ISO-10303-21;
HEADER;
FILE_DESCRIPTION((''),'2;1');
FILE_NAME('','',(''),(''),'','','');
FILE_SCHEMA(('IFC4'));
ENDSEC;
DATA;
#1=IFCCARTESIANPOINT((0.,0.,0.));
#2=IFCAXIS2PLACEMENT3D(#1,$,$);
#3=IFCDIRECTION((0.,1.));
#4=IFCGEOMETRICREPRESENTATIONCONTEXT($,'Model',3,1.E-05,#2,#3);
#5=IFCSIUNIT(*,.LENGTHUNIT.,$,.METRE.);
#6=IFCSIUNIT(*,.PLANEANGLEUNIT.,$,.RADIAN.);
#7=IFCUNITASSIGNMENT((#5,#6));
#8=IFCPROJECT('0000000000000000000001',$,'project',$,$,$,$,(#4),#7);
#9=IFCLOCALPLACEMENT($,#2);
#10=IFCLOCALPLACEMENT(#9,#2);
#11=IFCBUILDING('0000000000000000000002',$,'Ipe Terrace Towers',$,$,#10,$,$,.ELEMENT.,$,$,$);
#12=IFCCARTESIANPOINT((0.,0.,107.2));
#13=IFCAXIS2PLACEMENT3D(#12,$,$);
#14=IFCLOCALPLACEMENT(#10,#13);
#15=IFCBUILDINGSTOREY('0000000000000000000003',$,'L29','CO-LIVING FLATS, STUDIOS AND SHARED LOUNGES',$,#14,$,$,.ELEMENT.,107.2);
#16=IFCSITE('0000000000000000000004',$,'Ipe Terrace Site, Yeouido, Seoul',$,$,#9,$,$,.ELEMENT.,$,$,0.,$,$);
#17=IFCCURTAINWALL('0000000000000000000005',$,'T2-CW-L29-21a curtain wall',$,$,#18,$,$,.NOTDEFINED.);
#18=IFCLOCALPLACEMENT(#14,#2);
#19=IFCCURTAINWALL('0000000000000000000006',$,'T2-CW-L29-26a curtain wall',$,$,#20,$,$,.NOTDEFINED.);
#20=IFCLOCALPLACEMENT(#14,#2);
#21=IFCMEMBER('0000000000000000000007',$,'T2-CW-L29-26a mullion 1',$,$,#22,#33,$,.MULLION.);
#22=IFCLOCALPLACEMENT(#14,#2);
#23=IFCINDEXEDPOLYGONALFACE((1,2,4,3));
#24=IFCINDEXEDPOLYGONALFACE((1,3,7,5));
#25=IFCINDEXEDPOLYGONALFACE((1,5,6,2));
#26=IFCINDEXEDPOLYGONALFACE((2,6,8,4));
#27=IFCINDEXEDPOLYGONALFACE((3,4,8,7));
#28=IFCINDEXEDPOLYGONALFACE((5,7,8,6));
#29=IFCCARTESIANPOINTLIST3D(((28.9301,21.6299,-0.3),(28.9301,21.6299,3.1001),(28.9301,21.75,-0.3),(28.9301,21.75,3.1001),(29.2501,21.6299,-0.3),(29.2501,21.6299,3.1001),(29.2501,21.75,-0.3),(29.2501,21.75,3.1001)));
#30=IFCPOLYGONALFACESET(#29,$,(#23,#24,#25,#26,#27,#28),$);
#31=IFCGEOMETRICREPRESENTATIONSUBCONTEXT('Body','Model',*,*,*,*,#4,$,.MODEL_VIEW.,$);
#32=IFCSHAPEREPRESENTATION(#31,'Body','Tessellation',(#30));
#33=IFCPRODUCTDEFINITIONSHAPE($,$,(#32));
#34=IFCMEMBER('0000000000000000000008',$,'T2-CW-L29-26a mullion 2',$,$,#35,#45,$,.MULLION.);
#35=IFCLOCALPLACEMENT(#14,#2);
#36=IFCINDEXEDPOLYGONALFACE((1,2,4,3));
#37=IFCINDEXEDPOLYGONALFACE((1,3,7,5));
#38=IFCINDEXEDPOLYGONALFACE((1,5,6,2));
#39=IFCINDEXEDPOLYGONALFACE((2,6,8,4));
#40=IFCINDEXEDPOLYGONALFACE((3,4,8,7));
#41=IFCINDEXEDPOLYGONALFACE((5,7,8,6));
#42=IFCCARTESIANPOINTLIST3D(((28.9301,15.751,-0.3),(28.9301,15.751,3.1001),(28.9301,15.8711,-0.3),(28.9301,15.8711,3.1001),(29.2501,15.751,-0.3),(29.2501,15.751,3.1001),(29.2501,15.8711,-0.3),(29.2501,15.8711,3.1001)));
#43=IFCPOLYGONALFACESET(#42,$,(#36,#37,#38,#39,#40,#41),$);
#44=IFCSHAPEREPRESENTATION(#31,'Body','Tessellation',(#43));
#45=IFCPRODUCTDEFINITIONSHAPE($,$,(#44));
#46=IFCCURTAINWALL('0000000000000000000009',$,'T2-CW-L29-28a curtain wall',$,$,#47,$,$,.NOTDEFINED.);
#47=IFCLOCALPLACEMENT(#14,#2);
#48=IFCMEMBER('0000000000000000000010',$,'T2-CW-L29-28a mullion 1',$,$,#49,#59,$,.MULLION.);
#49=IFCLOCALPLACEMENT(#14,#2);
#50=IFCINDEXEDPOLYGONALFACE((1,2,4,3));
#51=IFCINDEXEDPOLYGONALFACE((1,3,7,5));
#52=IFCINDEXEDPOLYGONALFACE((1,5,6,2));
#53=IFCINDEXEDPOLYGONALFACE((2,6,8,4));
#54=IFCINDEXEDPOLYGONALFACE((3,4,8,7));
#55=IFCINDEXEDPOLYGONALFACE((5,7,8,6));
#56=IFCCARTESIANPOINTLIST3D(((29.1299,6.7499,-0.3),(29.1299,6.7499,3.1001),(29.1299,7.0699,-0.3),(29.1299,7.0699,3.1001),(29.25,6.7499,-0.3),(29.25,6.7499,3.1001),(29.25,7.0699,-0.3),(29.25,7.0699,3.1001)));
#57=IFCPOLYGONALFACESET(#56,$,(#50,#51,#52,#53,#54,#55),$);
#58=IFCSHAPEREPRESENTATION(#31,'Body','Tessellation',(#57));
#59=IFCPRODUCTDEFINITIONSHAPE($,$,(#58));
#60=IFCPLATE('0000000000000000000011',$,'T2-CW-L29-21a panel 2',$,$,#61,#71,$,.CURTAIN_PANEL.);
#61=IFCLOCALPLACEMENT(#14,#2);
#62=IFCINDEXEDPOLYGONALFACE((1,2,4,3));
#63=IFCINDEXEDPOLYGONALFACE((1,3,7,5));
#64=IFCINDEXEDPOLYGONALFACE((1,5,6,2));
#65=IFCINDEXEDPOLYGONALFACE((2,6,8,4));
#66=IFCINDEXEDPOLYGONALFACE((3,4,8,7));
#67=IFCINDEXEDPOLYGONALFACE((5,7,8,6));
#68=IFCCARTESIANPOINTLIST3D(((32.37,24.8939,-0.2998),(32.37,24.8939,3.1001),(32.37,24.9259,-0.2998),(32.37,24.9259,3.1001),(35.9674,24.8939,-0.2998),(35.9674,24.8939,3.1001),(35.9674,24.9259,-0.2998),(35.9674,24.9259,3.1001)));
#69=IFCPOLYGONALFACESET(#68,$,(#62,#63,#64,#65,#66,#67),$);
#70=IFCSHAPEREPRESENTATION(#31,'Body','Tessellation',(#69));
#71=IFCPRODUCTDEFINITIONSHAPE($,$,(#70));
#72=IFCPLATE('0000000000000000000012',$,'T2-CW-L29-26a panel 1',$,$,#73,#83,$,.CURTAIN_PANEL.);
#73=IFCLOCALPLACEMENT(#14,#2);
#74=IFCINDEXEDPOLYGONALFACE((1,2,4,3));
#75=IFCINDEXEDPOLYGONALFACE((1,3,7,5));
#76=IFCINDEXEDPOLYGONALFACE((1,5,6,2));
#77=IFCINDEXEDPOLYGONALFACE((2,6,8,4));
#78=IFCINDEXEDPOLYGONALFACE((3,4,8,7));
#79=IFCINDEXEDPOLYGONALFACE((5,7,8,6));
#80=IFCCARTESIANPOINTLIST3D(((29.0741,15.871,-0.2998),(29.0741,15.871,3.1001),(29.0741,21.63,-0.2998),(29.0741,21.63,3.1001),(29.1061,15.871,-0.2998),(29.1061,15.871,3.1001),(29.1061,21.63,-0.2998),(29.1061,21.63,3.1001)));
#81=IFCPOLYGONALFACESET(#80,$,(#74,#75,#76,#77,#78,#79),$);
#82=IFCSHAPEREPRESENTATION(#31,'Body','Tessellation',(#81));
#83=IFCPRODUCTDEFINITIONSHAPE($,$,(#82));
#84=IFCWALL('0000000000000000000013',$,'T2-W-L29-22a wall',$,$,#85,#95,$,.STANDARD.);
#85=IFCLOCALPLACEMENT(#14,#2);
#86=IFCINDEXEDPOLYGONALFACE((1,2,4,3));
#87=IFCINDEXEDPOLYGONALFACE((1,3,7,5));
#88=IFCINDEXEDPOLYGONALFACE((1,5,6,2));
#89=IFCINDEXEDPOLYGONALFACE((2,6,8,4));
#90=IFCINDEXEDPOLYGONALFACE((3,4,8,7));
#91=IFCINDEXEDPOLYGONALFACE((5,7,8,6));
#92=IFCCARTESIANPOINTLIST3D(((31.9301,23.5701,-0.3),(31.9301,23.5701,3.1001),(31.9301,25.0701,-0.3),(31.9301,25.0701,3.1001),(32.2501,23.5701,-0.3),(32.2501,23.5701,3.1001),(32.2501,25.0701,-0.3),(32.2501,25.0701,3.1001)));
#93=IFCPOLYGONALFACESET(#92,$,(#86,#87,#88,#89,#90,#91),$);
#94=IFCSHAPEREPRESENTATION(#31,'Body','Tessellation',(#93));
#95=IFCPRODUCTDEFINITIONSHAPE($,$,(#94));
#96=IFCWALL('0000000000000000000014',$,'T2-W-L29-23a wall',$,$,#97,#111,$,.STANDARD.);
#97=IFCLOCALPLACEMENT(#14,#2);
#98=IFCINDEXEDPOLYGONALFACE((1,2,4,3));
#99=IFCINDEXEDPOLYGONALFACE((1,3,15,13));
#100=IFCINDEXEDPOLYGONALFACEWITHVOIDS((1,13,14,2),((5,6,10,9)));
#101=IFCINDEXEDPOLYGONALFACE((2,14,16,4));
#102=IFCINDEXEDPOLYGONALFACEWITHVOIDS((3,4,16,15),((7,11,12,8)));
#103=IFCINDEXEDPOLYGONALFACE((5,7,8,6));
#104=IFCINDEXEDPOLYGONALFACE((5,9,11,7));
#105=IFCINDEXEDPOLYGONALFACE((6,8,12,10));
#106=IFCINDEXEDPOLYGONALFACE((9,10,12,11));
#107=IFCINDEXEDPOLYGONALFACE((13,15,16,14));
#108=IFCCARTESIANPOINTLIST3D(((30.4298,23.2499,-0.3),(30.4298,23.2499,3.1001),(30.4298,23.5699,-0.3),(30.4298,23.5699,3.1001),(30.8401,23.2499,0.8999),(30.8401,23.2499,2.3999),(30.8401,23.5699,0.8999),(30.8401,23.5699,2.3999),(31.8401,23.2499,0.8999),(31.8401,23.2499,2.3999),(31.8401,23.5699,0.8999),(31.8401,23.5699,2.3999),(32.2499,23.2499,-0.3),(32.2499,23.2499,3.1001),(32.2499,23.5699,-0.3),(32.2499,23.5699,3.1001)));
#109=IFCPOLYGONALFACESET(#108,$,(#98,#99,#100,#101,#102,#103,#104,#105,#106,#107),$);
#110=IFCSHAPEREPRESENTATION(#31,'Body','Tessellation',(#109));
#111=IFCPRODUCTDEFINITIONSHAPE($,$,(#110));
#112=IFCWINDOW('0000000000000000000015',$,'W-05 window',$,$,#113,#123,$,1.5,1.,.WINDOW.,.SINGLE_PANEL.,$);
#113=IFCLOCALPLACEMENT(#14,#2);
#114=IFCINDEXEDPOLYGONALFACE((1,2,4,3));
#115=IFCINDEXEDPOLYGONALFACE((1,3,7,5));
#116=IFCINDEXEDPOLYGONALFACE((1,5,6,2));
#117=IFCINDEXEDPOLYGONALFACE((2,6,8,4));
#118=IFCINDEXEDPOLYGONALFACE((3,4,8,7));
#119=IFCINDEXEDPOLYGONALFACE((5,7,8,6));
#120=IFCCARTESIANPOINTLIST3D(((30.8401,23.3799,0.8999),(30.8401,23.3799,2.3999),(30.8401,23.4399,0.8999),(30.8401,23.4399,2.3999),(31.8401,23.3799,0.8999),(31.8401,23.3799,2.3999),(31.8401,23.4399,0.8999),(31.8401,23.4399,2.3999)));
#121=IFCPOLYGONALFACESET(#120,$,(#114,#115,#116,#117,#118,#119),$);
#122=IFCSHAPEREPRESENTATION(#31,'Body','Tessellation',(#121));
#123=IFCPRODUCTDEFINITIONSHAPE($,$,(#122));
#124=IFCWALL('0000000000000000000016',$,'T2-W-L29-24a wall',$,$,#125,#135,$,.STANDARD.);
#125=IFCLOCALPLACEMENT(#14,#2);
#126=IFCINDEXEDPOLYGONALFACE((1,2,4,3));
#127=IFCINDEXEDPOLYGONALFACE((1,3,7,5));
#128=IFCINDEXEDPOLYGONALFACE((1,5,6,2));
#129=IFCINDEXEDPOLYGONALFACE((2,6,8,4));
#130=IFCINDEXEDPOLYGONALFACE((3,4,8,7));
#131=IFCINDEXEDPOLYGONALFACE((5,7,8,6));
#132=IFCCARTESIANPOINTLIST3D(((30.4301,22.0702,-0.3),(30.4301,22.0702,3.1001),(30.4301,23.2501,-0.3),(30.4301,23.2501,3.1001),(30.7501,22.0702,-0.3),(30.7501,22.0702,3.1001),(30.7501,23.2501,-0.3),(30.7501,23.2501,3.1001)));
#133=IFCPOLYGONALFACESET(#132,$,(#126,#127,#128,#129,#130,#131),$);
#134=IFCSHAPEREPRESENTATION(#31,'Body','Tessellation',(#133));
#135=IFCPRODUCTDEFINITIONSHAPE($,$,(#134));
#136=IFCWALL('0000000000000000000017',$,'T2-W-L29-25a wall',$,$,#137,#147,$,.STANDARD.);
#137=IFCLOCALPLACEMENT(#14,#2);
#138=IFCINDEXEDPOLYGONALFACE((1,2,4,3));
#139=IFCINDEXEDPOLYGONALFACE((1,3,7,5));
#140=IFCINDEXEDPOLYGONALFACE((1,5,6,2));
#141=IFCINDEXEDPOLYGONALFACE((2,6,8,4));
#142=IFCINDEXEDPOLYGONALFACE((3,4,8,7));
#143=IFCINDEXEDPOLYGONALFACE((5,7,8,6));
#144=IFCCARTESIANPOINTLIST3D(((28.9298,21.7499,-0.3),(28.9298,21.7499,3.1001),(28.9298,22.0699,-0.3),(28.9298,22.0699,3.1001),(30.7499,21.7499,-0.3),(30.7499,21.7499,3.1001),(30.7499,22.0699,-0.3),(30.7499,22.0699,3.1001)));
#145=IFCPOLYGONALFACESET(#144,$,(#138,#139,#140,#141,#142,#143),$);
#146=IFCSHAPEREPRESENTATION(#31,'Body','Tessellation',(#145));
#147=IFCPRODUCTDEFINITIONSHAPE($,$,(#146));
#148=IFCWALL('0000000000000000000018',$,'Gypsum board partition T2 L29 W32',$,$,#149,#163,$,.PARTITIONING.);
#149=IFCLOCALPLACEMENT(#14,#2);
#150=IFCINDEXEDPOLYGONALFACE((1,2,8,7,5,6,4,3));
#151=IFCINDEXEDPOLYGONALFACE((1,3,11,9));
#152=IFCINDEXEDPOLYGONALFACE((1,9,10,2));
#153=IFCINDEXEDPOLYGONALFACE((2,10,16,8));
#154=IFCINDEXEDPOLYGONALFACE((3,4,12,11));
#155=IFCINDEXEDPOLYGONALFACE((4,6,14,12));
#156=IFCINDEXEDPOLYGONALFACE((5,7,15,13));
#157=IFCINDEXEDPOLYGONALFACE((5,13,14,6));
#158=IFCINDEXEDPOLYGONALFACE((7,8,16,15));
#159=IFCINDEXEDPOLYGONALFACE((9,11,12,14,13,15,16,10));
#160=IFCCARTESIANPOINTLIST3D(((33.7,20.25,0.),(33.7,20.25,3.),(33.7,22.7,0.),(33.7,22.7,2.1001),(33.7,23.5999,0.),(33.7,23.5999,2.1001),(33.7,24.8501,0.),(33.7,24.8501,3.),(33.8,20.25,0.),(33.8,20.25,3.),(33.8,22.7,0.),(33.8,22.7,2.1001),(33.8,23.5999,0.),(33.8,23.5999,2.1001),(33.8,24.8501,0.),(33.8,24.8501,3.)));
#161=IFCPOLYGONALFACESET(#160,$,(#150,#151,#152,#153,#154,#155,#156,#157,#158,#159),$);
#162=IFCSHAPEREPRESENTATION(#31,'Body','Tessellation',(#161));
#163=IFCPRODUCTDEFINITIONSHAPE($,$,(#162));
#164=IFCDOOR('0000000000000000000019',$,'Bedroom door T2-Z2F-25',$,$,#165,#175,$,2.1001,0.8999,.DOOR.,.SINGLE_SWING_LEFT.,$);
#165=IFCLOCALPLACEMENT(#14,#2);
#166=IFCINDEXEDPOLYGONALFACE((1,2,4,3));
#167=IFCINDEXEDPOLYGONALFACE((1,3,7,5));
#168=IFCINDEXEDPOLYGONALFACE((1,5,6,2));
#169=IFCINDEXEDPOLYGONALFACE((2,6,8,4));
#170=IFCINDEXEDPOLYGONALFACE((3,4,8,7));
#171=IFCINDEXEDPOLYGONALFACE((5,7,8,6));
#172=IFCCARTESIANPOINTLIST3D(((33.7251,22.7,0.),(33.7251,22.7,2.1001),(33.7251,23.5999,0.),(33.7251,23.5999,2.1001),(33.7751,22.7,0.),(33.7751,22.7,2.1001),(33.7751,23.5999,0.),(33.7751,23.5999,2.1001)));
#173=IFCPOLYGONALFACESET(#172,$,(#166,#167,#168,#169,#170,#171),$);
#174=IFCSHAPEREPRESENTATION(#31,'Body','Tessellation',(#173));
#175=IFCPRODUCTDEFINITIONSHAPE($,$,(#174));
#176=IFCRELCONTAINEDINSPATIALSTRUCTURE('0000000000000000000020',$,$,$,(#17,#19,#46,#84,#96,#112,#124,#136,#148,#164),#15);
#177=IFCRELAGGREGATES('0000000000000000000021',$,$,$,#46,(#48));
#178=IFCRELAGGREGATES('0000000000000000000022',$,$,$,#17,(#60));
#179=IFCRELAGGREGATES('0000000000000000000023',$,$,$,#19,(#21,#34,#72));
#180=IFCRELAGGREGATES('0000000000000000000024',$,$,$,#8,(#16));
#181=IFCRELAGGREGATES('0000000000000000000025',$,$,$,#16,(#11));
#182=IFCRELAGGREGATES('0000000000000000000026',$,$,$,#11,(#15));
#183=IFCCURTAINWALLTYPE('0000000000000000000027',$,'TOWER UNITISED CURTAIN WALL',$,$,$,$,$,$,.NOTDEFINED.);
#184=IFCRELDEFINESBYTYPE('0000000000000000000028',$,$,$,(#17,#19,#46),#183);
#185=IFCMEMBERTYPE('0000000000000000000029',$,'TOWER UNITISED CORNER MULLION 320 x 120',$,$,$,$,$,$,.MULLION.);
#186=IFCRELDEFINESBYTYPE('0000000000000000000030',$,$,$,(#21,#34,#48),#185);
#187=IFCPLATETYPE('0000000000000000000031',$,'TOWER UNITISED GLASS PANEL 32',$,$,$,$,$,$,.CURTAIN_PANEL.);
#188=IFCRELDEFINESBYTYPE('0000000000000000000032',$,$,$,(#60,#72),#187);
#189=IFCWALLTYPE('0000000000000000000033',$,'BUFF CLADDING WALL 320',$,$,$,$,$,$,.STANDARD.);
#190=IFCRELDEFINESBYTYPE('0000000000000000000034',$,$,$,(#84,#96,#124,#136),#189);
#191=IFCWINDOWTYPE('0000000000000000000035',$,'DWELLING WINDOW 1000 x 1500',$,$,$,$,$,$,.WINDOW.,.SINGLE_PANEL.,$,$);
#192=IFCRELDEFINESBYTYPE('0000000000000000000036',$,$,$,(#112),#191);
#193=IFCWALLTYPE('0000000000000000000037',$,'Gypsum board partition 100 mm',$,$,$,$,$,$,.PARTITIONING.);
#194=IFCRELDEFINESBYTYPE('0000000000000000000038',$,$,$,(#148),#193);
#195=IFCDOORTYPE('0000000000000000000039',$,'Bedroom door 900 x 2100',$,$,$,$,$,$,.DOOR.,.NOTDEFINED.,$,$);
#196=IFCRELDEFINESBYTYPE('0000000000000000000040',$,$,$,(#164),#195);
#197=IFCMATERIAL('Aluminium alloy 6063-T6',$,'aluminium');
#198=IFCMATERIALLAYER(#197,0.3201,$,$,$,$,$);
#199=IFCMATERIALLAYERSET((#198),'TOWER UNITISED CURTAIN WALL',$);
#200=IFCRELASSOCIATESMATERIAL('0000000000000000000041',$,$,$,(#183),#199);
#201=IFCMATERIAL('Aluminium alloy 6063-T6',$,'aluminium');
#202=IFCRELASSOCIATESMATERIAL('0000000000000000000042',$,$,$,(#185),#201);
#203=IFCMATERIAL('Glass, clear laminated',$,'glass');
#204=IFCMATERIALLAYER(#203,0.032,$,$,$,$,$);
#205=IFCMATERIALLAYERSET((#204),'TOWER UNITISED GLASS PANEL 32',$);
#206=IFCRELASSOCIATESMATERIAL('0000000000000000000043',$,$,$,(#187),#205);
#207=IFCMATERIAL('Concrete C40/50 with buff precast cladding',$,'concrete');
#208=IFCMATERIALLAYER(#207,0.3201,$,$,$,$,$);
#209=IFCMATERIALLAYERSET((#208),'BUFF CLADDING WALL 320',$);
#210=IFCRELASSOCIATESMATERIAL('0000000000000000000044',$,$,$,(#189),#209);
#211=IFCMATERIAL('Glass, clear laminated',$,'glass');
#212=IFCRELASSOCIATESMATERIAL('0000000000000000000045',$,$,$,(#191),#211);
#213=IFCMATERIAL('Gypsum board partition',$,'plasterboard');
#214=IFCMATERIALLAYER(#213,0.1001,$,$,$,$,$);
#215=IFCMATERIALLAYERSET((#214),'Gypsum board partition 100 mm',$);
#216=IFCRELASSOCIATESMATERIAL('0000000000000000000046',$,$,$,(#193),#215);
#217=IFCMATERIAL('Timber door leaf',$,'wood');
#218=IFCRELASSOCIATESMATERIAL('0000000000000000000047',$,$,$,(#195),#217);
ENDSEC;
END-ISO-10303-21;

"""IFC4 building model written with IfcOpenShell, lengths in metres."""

from ifc_helpers import new_model, si_unit, direction, frame, frame_2d, origin, origin_2d, place, context, subcontext, project, spatial, rectangle, extrude, material, layer, layer_set, material_profile, profile_set, type_object, element, fill, aggregate, save


model = new_model("IFC4")

# Units and contexts
model_context = context("Model", 3, precision=1e-05, world=origin(), true_north=direction((0.0, 1.0)))
body_context = subcontext(model_context, "Body", "Model", "MODEL_VIEW")
ifc_project = project(units=[si_unit("LENGTHUNIT", "METRE"), si_unit("PLANEANGLEUNIT", "RADIAN")], contexts=[model_context])

# Site, building, storey
site_placement = place(None, origin())
site = spatial("IfcSite", under=ifc_project, at=site_placement, Name="Ipe Terrace Site, Yeouido, Seoul", CompositionType="ELEMENT", RefElevation=0.0)
building_placement = place(site_placement, origin())
building = spatial("IfcBuilding", under=site, at=building_placement, Name="Ipe Terrace Towers", CompositionType="ELEMENT")
storey_placement = place(building_placement, frame((0.0, 0.0, 107.2)))
storey = spatial("IfcBuildingStorey", under=building, at=storey_placement, Name="L29", Description="CO-LIVING FLATS, STUDIOS AND SHARED LOUNGES", CompositionType="ELEMENT", Elevation=107.2)

# Curtain wall
ifc_material_1 = material(Name="Aluminium alloy 6063-T6", Category="aluminium")
ifc_layer_1 = layer(ifc_material_1, 0.3201)
ifc_layer_set_1 = layer_set([ifc_layer_1], Name="TOWER UNITISED CURTAIN WALL")
curtain_wall_type = type_object("IfcCurtainWallType", Name="TOWER UNITISED CURTAIN WALL", PredefinedType="NOTDEFINED", material=ifc_layer_set_1)
curtain_wall_1_placement = place(storey_placement, origin())
curtain_wall_1 = element("IfcCurtainWall", 1, at=curtain_wall_1_placement, inside=storey, type_object=curtain_wall_type, Name="T2-CW-L29-21a curtain wall", PredefinedType="NOTDEFINED")
ifc_material_2 = material(Name="Aluminium alloy 6063-T6", Category="aluminium")
ifc_material_profile_1 = material_profile(ifc_material_2, rectangle(XDim=0.3201, YDim=0.1201, at=origin_2d()), Name="TOWER UNITISED CORNER MULLION 320 x 120")
ifc_profile_set_1 = profile_set([ifc_material_profile_1], Name="Aluminium alloy 6063-T6")
member_type = type_object("IfcMemberType", Name="TOWER UNITISED CORNER MULLION 320 x 120", PredefinedType="MULLION", material=ifc_profile_set_1)

# Curtain wall, members
curtain_wall_2_placement = place(storey_placement, origin())
curtain_wall_2 = element("IfcCurtainWall", 2, at=curtain_wall_2_placement, inside=storey, type_object=curtain_wall_type, Name="T2-CW-L29-26a curtain wall", PredefinedType="NOTDEFINED")
member_1_placement = place(storey_placement, frame((29.0901, 21.6899, -0.3), z_axis=(0.0, 0.0, 1.0), x_axis=(-1.0, 0.0, 0.0)))
member_1 = element("IfcMember", 3, at=member_1_placement, type_object=member_type, Name="T2-CW-L29-26a mullion 1", PredefinedType="MULLION", context=body_context, shape_type="SweptSolid", body=[
    extrude(rectangle(XDim=0.3201, YDim=0.1201, at=origin_2d()), origin(), (0.0, 0.0, 1.0), 3.4001),
])
member_2_placement = place(storey_placement, frame((29.0901, 15.811, -0.3), z_axis=(0.0, 0.0, 1.0), x_axis=(-1.0, 0.0, 0.0)))
member_2 = element("IfcMember", 4, at=member_2_placement, type_object=member_type, Name="T2-CW-L29-26a mullion 2", PredefinedType="MULLION", context=body_context, shape_type="SweptSolid", body=[
    extrude(rectangle(XDim=0.3201, YDim=0.1201, at=origin_2d()), origin(), (0.0, 0.0, 1.0), 3.4001),
])

# Curtain wall, member
curtain_wall_3_placement = place(storey_placement, origin())
curtain_wall_3 = element("IfcCurtainWall", 5, at=curtain_wall_3_placement, inside=storey, type_object=curtain_wall_type, Name="T2-CW-L29-28a curtain wall", PredefinedType="NOTDEFINED")
member_3_placement = place(storey_placement, frame((29.1899, 6.9099, -0.3), z_axis=(0.0, 0.0, 1.0), x_axis=(0.0, 1.0, 0.0)))
member_3 = element("IfcMember", 6, at=member_3_placement, type_object=member_type, Name="T2-CW-L29-28a mullion 1", PredefinedType="MULLION", context=body_context, shape_type="SweptSolid", body=[
    extrude(rectangle(XDim=0.3201, YDim=0.1201, at=origin_2d()), origin(), (0.0, 0.0, 1.0), 3.4001),
])
aggregate(curtain_wall_3, [member_3])

# Plates
ifc_material_3 = material(Name="Glass, clear laminated", Category="glass")
ifc_layer_2 = layer(ifc_material_3, 0.032)
ifc_layer_set_2 = layer_set([ifc_layer_2], Name="TOWER UNITISED GLASS PANEL 32")
plate_type = type_object("IfcPlateType", Name="TOWER UNITISED GLASS PANEL 32", PredefinedType="CURTAIN_PANEL", material=ifc_layer_set_2)
plate_1_placement = place(storey_placement, frame((34.1687, 24.9099, -0.2998), z_axis=(0.0, 0.0, 1.0), x_axis=(-1.0, 0.0, 0.0)))
plate_1 = element("IfcPlate", 7, at=plate_1_placement, type_object=plate_type, Name="T2-CW-L29-21a panel 2", PredefinedType="CURTAIN_PANEL", context=body_context, shape_type="SweptSolid", body=[
    extrude(rectangle(XDim=3.5974, YDim=0.032, at=origin_2d()), origin(), (0.0, 0.0, 1.0), 3.3999),
])
aggregate(curtain_wall_1, [plate_1])
plate_2_placement = place(storey_placement, frame((29.0901, 18.7505, -0.2998), z_axis=(0.0, 0.0, 1.0), x_axis=(0.0, -1.0, 0.0)))
plate_2 = element("IfcPlate", 8, at=plate_2_placement, type_object=plate_type, Name="T2-CW-L29-26a panel 1", PredefinedType="CURTAIN_PANEL", context=body_context, shape_type="SweptSolid", body=[
    extrude(rectangle(XDim=5.759, YDim=0.032, at=origin_2d()), origin(), (0.0, 0.0, 1.0), 3.3999),
])
aggregate(curtain_wall_2, [member_1, member_2, plate_2])

# Wall
ifc_material_4 = material(Name="Concrete C40/50 with buff precast cladding", Category="concrete")
ifc_layer_3 = layer(ifc_material_4, 0.3201)
ifc_layer_set_3 = layer_set([ifc_layer_3], Name="BUFF CLADDING WALL 320")
wall_type_1 = type_object("IfcWallType", Name="BUFF CLADDING WALL 320", PredefinedType="STANDARD", material=ifc_layer_set_3)
wall_1_placement = place(storey_placement, frame((32.0901, 25.0701, -0.3), z_axis=(0.0, 0.0, 1.0), x_axis=(0.0, -1.0, 0.0)))
element("IfcWall", 9, at=wall_1_placement, inside=storey, type_object=wall_type_1, Name="T2-W-L29-22a wall", PredefinedType="STANDARD", context=body_context, shape_type="SweptSolid", body=[
    extrude(rectangle(XDim=1.5, YDim=0.3201, at=frame_2d((0.75, 0.0))), origin(), (0.0, 0.0, 1.0), 3.4001),
])

# Wall, opening, window
wall_2_placement = place(storey_placement, frame((32.25, 23.4099, -0.3), z_axis=(0.0, 0.0, 1.0), x_axis=(-1.0, 0.0, 0.0)))
wall_2 = element("IfcWall", 10, at=wall_2_placement, inside=storey, type_object=wall_type_1, Name="T2-W-L29-23a wall", PredefinedType="STANDARD", context=body_context, shape_type="SweptSolid", body=[
    extrude(rectangle(XDim=1.8201, YDim=0.3201, at=frame_2d((0.9102, 0.0))), origin(), (0.0, 0.0, 1.0), 3.4001),
])
opening_1_placement = place(wall_2_placement, frame((0.4099, 0.0, 1.2)))
opening_1 = element("IfcOpeningElement", 11, at=opening_1_placement, cuts=wall_2, PredefinedType="OPENING", context=body_context, shape_type="SweptSolid", body=[
    extrude(rectangle(XDim=1.0, YDim=1.5, at=frame_2d((0.5, 0.75))), frame((0.0, 0.1699, 0.0), z_axis=(0.0, -1.0, 0.0), x_axis=(1.0, 0.0, 0.0)), (0.0, 0.0, 1.0), 0.3401),
])
ifc_material_5 = material(Name="Glass, clear laminated", Category="glass")
window_type = type_object("IfcWindowType", Name="DWELLING WINDOW 1000 x 1500", PartitioningType="SINGLE_PANEL", PredefinedType="WINDOW", material=ifc_material_5)
window_placement = place(opening_1_placement, origin())
window = element("IfcWindow", 12, at=window_placement, inside=storey, type_object=window_type, Name="W-05 window", OverallHeight=1.5, OverallWidth=1.0, PartitioningType="SINGLE_PANEL", PredefinedType="WINDOW", context=body_context, shape_type="SweptSolid", body=[
    extrude(rectangle(XDim=1.0, YDim=1.5, at=frame_2d((0.5, 0.75))), frame((0.0, 0.03, 0.0), z_axis=(0.0, -1.0, 0.0), x_axis=(1.0, 0.0, 0.0)), (0.0, 0.0, 1.0), 0.0601),
])
fill(opening_1, window)

# Walls
wall_3_placement = place(storey_placement, frame((30.5901, 23.25, -0.3), z_axis=(0.0, 0.0, 1.0), x_axis=(0.0, -1.0, 0.0)))
element("IfcWall", 13, at=wall_3_placement, inside=storey, type_object=wall_type_1, Name="T2-W-L29-24a wall", PredefinedType="STANDARD", context=body_context, shape_type="SweptSolid", body=[
    extrude(rectangle(XDim=1.1799, YDim=0.3201, at=frame_2d((0.5898, 0.0))), origin(), (0.0, 0.0, 1.0), 3.4001),
])
wall_4_placement = place(storey_placement, frame((30.75, 21.9099, -0.3), z_axis=(0.0, 0.0, 1.0), x_axis=(-1.0, 0.0, 0.0)))
element("IfcWall", 14, at=wall_4_placement, inside=storey, type_object=wall_type_1, Name="T2-W-L29-25a wall", PredefinedType="STANDARD", context=body_context, shape_type="SweptSolid", body=[
    extrude(rectangle(XDim=1.8201, YDim=0.3201, at=frame_2d((0.9102, 0.0))), origin(), (0.0, 0.0, 1.0), 3.4001),
])

# Wall, opening, door
ifc_material_6 = material(Name="Gypsum board partition", Category="plasterboard")
ifc_layer_4 = layer(ifc_material_6, 0.1001)
ifc_layer_set_4 = layer_set([ifc_layer_4], Name="Gypsum board partition 100 mm")
wall_type_2 = type_object("IfcWallType", Name="Gypsum board partition 100 mm", PredefinedType="PARTITIONING", material=ifc_layer_set_4)
wall_5_placement = place(storey_placement, frame((33.75, 20.25, 0.0), z_axis=(0.0, 0.0, 1.0), x_axis=(0.0, 1.0, 0.0)))
wall_5 = element("IfcWall", 15, at=wall_5_placement, inside=storey, type_object=wall_type_2, Name="Gypsum board partition T2 L29 W32", PredefinedType="PARTITIONING", context=body_context, shape_type="SweptSolid", body=[
    extrude(rectangle(XDim=4.6001, YDim=0.1001, at=frame_2d((2.3, 0.0))), origin(), (0.0, 0.0, 1.0), 3.0),
])
opening_2_placement = place(wall_5_placement, frame((2.45, 0.0, 0.0)))
opening_2 = element("IfcOpeningElement", 16, at=opening_2_placement, cuts=wall_5, PredefinedType="OPENING", context=body_context, shape_type="SweptSolid", body=[
    extrude(rectangle(XDim=0.8999, YDim=2.1001, at=frame_2d((0.45, 1.05))), frame((0.0, 0.0601, 0.0), z_axis=(0.0, -1.0, 0.0), x_axis=(1.0, 0.0, 0.0)), (0.0, 0.0, 1.0), 0.1201),
])
ifc_material_7 = material(Name="Timber door leaf", Category="wood")
door_type_1 = type_object("IfcDoorType", Name="Bedroom door 900 x 2100", OperationType="NOTDEFINED", PredefinedType="DOOR", material=ifc_material_7)
door_1_placement = place(opening_2_placement, origin())
door_1 = element("IfcDoor", 17, at=door_1_placement, inside=storey, type_object=door_type_1, Name="Bedroom door T2-Z2F-25", OperationType="SINGLE_SWING_LEFT", OverallHeight=2.1001, OverallWidth=0.8999, PredefinedType="DOOR", context=body_context, shape_type="SweptSolid", body=[
    extrude(rectangle(XDim=0.8999, YDim=2.1001, at=frame_2d((0.45, 1.05))), frame((0.0, 0.0249, 0.0), z_axis=(0.0, -1.0, 0.0), x_axis=(1.0, 0.0, 0.0)), (0.0, 0.0, 1.0), 0.05),
])
fill(opening_2, door_1)

save(model, "model.ifc")
